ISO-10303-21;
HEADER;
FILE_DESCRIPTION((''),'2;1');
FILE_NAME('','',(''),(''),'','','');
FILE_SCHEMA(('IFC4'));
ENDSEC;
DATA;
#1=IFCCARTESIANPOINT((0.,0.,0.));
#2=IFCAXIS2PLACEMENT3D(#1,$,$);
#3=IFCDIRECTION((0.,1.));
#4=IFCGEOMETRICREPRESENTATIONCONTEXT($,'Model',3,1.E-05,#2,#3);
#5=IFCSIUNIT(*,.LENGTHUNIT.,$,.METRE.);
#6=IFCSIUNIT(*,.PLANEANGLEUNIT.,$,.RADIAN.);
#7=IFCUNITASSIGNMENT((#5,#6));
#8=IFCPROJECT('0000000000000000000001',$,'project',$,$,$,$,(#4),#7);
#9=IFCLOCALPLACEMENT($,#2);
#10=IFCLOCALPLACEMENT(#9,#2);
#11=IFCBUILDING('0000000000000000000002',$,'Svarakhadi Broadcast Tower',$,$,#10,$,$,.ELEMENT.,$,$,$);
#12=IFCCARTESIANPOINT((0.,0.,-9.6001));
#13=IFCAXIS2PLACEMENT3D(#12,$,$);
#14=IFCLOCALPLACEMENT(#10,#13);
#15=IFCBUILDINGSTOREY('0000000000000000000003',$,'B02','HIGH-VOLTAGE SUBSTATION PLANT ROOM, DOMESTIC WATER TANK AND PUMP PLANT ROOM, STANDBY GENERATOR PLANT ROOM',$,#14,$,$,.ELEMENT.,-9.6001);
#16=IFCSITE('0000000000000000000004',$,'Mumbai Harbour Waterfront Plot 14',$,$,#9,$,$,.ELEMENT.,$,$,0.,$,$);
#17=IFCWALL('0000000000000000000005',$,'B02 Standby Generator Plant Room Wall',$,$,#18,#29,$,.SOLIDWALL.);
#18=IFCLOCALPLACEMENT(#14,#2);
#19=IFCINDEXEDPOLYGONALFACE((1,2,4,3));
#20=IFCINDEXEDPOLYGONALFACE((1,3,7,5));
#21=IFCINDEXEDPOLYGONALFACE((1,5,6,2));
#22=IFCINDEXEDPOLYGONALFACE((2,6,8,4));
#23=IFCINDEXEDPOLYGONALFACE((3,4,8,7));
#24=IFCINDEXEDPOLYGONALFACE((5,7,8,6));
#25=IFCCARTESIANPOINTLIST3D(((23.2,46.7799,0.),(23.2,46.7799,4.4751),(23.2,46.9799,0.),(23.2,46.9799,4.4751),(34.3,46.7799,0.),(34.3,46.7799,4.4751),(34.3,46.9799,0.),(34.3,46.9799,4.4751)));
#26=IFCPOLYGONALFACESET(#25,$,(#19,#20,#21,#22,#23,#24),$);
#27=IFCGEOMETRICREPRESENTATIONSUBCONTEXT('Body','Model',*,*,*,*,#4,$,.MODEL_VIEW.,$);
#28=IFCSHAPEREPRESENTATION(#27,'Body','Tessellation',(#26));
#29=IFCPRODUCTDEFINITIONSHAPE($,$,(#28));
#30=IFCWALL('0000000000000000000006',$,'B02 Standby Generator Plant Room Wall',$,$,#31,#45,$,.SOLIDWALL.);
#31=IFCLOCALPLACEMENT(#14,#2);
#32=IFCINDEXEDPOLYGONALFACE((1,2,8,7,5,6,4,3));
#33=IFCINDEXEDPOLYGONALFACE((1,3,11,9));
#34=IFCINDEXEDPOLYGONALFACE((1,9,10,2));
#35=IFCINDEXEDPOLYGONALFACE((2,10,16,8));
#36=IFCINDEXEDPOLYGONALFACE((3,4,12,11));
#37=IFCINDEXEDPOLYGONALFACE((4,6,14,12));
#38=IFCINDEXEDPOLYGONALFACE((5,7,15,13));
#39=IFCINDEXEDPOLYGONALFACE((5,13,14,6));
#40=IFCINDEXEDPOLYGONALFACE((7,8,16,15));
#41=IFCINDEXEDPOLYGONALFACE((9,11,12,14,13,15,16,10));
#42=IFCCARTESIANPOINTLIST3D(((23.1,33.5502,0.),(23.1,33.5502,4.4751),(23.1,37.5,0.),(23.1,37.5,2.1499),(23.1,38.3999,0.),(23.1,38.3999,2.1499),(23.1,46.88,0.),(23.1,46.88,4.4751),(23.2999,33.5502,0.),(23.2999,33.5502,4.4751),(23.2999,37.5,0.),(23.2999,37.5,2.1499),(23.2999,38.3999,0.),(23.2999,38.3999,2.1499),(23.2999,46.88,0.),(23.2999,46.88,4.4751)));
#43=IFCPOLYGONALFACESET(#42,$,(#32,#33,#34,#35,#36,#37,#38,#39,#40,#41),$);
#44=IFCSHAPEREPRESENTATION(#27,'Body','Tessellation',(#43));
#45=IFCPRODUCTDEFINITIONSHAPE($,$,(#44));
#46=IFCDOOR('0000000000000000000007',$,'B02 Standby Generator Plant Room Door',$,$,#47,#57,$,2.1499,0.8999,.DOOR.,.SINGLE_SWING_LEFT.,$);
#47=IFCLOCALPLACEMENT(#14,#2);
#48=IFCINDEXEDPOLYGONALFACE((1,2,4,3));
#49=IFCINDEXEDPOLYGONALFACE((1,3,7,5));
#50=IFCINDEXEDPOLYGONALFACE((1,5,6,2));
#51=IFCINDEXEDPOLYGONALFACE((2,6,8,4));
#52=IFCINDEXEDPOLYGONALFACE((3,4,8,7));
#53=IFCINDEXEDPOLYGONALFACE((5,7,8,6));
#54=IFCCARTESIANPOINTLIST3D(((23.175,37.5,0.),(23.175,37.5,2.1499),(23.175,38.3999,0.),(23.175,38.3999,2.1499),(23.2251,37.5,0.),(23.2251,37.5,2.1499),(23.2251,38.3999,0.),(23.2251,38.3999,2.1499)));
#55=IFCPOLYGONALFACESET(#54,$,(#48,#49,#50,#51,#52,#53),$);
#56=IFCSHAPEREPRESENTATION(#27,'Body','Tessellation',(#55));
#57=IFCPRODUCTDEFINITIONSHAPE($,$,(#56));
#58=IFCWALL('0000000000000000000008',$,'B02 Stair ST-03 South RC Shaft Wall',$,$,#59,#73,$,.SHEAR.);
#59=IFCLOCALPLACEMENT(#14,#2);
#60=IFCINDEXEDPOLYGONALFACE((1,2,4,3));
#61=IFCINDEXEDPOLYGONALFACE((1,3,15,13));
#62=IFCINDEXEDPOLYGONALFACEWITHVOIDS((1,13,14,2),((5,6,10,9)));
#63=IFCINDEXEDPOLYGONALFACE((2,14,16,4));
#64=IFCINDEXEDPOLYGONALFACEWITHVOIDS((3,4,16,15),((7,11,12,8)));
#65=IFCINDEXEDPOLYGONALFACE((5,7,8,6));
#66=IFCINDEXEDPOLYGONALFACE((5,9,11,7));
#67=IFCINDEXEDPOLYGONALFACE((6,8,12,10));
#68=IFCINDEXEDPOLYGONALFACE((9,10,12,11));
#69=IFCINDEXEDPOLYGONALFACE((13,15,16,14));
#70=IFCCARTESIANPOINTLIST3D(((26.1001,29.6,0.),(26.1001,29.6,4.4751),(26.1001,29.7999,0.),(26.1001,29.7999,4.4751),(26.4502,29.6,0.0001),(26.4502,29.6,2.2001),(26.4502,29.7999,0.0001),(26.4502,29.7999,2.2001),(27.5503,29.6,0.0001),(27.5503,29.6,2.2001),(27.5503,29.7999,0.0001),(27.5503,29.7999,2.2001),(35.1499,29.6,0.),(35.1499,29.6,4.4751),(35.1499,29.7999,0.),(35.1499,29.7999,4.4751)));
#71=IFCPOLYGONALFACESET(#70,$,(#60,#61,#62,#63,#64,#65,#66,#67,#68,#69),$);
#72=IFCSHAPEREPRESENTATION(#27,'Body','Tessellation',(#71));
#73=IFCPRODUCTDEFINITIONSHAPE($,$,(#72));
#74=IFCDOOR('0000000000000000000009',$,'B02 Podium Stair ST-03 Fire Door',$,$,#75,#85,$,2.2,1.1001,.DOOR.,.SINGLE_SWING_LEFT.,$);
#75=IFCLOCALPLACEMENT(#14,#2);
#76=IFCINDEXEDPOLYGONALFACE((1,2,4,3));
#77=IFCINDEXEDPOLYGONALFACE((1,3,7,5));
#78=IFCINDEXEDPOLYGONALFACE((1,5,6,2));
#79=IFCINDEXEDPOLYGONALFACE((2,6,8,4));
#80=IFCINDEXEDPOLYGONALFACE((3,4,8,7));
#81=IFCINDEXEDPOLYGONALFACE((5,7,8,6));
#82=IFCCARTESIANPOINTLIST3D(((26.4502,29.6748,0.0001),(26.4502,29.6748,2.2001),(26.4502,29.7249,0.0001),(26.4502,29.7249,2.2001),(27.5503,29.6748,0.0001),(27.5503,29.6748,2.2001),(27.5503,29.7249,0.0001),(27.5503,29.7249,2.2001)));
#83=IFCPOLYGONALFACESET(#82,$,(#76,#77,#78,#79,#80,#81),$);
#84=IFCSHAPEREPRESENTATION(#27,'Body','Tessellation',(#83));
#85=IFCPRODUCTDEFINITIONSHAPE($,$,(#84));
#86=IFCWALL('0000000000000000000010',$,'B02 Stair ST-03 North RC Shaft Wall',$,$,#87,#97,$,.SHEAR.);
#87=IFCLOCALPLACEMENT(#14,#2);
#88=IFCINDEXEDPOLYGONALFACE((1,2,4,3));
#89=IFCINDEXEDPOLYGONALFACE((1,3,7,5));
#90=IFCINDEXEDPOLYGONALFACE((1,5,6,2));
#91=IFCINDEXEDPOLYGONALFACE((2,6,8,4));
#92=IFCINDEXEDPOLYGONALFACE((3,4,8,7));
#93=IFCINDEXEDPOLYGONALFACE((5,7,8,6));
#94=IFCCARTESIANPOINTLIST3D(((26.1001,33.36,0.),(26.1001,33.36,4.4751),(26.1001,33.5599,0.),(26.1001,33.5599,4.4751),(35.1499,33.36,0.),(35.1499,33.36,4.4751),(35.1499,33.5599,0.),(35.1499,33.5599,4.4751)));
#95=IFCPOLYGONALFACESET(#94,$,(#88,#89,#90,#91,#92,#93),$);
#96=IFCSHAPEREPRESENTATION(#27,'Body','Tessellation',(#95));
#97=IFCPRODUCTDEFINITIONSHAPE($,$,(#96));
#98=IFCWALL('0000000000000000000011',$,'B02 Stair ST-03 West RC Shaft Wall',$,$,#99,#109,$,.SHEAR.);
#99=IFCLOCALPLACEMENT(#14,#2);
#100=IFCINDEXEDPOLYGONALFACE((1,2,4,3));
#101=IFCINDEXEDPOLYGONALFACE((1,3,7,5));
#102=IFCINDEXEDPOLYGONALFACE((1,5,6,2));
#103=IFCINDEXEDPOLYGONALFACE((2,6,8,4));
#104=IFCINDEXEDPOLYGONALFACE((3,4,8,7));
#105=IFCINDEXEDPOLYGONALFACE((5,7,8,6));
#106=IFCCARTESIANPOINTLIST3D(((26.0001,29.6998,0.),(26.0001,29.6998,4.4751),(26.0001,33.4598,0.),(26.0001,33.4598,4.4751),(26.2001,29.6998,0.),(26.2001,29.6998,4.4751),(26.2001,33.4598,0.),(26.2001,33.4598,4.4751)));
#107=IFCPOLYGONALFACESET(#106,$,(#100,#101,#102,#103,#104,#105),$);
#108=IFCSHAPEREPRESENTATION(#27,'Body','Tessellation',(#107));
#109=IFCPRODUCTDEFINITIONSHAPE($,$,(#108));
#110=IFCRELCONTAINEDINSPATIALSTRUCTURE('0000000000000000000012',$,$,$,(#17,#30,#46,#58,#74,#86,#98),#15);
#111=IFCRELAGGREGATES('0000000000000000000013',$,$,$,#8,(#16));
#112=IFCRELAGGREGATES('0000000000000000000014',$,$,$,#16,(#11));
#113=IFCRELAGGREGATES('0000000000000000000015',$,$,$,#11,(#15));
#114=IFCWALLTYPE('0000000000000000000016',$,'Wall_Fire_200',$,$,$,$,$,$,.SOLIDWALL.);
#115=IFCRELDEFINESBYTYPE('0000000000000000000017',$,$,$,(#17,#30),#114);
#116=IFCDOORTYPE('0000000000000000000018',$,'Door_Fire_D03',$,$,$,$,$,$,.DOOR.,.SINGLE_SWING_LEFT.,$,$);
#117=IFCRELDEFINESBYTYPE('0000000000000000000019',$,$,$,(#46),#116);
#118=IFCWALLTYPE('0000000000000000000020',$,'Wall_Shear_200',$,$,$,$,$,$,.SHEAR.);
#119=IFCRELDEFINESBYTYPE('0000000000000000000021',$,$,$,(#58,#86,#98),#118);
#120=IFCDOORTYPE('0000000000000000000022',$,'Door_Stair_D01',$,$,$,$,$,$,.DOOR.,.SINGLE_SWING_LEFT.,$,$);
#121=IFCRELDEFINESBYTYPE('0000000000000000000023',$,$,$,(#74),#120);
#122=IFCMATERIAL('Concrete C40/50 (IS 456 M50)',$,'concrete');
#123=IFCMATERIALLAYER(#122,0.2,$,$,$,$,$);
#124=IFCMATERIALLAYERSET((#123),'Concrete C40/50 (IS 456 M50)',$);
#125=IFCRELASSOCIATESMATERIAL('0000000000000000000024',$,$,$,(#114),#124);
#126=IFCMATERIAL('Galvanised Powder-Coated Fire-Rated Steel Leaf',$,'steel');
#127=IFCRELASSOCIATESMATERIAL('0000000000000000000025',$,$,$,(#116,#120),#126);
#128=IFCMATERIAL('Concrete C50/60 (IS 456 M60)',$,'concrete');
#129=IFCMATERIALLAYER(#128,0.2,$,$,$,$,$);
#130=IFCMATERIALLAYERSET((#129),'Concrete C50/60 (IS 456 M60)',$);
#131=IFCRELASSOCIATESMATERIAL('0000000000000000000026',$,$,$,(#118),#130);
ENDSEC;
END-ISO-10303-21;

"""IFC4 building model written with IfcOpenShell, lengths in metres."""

from ifc_helpers import new_model, si_unit, direction, frame, frame_2d, origin, place, context, subcontext, project, spatial, rectangle, extrude, material, layer, layer_set, type_object, element, fill, save


model = new_model("IFC4")

# Units and contexts
model_context = context("Model", 3, precision=1e-05, world=origin(), true_north=direction((0.0, 1.0)))
body_context = subcontext(model_context, "Body", "Model", "MODEL_VIEW")
ifc_project = project(units=[si_unit("LENGTHUNIT", "METRE"), si_unit("PLANEANGLEUNIT", "RADIAN")], contexts=[model_context])

# Site, building, storey
site_placement = place(None, origin())
site = spatial("IfcSite", under=ifc_project, at=site_placement, Name="Mumbai Harbour Waterfront Plot 14", CompositionType="ELEMENT", RefElevation=0.0)
building_placement = place(site_placement, origin())
building = spatial("IfcBuilding", under=site, at=building_placement, Name="Svarakhadi Broadcast Tower", CompositionType="ELEMENT")
storey_placement = place(building_placement, frame((0.0, 0.0, -9.6001)))
storey = spatial("IfcBuildingStorey", under=building, at=storey_placement, Name="B02", Description="HIGH-VOLTAGE SUBSTATION PLANT ROOM, DOMESTIC WATER TANK AND PUMP PLANT ROOM, STANDBY GENERATOR PLANT ROOM", CompositionType="ELEMENT", Elevation=-9.6001)

# Shared definitions
ifc_material_1 = material(Name="Concrete C50/60 (IS 456 M60)", Category="concrete")

# Wall
ifc_material_2 = material(Name="Concrete C40/50 (IS 456 M50)", Category="concrete")
ifc_layer_1 = layer(ifc_material_2, 0.2)
ifc_layer_set_1 = layer_set([ifc_layer_1], Name="Concrete C40/50 (IS 456 M50)")
wall_type_1 = type_object("IfcWallType", Name="Wall_Fire_200", PredefinedType="SOLIDWALL", material=ifc_layer_set_1)
wall_1_placement = place(storey_placement, frame((23.2, 46.8799, 0.0), z_axis=(0.0, 0.0, 1.0), x_axis=(1.0, 0.0, 0.0)))
element("IfcWall", 1, at=wall_1_placement, inside=storey, type_object=wall_type_1, Name="B02 Standby Generator Plant Room Wall", PredefinedType="SOLIDWALL", context=body_context, shape_type="SweptSolid", body=[
    extrude(rectangle(XDim=11.1001, YDim=0.2, at=frame_2d((5.55, 0.0))), origin(), (0.0, 0.0, 1.0), 4.4751),
])

# Walls, openings, doors
wall_2_placement = place(storey_placement, frame((23.2, 33.55, 0.0), z_axis=(0.0, 0.0, 1.0), x_axis=(0.0, 1.0, 0.0)))
wall_2 = element("IfcWall", 2, at=wall_2_placement, inside=storey, type_object=wall_type_1, Name="B02 Standby Generator Plant Room Wall", PredefinedType="SOLIDWALL", context=body_context, shape_type="SweptSolid", body=[
    extrude(rectangle(XDim=13.3298, YDim=0.2, at=frame_2d((6.665, 0.0))), origin(), (0.0, 0.0, 1.0), 4.4751),
])
opening_1_placement = place(wall_2_placement, frame((3.95, 0.0, 0.0)))
opening_1 = element("IfcOpeningElement", 3, at=opening_1_placement, cuts=wall_2, PredefinedType="OPENING", context=body_context, shape_type="SweptSolid", body=[
    extrude(rectangle(XDim=0.8999, YDim=2.1499, at=frame_2d((0.45, 1.075))), frame((0.0, 0.1099, 0.0), z_axis=(0.0, -1.0, 0.0), x_axis=(1.0, 0.0, 0.0)), (0.0, 0.0, 1.0), 0.22),
])
ifc_material_3 = material(Name="Galvanised Powder-Coated Fire-Rated Steel Leaf", Category="steel")
door_type_1 = type_object("IfcDoorType", Name="Door_Fire_D03", OperationType="SINGLE_SWING_LEFT", PredefinedType="DOOR", material=ifc_material_3)
door_1_placement = place(opening_1_placement, origin())
door_1 = element("IfcDoor", 4, at=door_1_placement, inside=storey, type_object=door_type_1, Name="B02 Standby Generator Plant Room Door", OperationType="SINGLE_SWING_LEFT", OverallHeight=2.1499, OverallWidth=0.8999, PredefinedType="DOOR", context=body_context, shape_type="SweptSolid", body=[
    extrude(rectangle(XDim=0.8999, YDim=2.1499, at=frame_2d((0.45, 1.075))), frame((0.0, 0.0249, 0.0), z_axis=(0.0, -1.0, 0.0), x_axis=(1.0, 0.0, 0.0)), (0.0, 0.0, 1.0), 0.05),
])
fill(opening_1, door_1)
ifc_layer_2 = layer(ifc_material_1, 0.2)
ifc_layer_set_2 = layer_set([ifc_layer_2], Name="Concrete C50/60 (IS 456 M60)")
wall_type_2 = type_object("IfcWallType", Name="Wall_Shear_200", PredefinedType="SHEAR", material=ifc_layer_set_2)
wall_3_placement = place(storey_placement, frame((26.1001, 29.7, 0.0), z_axis=(0.0, 0.0, 1.0), x_axis=(1.0, 0.0, 0.0)))
wall_3 = element("IfcWall", 5, at=wall_3_placement, inside=storey, type_object=wall_type_2, Name="B02 Stair ST-03 South RC Shaft Wall", PredefinedType="SHEAR", context=body_context, shape_type="SweptSolid", body=[
    extrude(rectangle(XDim=9.0498, YDim=0.2, at=frame_2d((4.5249, 0.0))), origin(), (0.0, 0.0, 1.0), 4.4751),
])
opening_2_placement = place(wall_3_placement, frame((0.3501, 0.0, 0.0)))
opening_2 = element("IfcOpeningElement", 6, at=opening_2_placement, cuts=wall_3, PredefinedType="OPENING", context=body_context, shape_type="SweptSolid", body=[
    extrude(rectangle(XDim=1.1001, YDim=2.2, at=frame_2d((0.55, 1.1001))), frame((0.0, 0.1099, 0.0), z_axis=(0.0, -1.0, 0.0), x_axis=(1.0, 0.0, 0.0)), (0.0, 0.0, 1.0), 0.22),
])
door_type_2 = type_object("IfcDoorType", Name="Door_Stair_D01", OperationType="SINGLE_SWING_LEFT", PredefinedType="DOOR", material=ifc_material_3)
door_2_placement = place(opening_2_placement, origin())
door_2 = element("IfcDoor", 7, at=door_2_placement, inside=storey, type_object=door_type_2, Name="B02 Podium Stair ST-03 Fire Door", OperationType="SINGLE_SWING_LEFT", OverallHeight=2.2, OverallWidth=1.1001, PredefinedType="DOOR", context=body_context, shape_type="SweptSolid", body=[
    extrude(rectangle(XDim=1.1001, YDim=2.2, at=frame_2d((0.55, 1.1001))), frame((0.0, 0.0249, 0.0), z_axis=(0.0, -1.0, 0.0), x_axis=(1.0, 0.0, 0.0)), (0.0, 0.0, 1.0), 0.05),
])
fill(opening_2, door_2)

# Walls
wall_4_placement = place(storey_placement, frame((26.1001, 33.46, 0.0), z_axis=(0.0, 0.0, 1.0), x_axis=(1.0, 0.0, 0.0)))
element("IfcWall", 8, at=wall_4_placement, inside=storey, type_object=wall_type_2, Name="B02 Stair ST-03 North RC Shaft Wall", PredefinedType="SHEAR", context=body_context, shape_type="SweptSolid", body=[
    extrude(rectangle(XDim=9.0498, YDim=0.2, at=frame_2d((4.5249, 0.0))), origin(), (0.0, 0.0, 1.0), 4.4751),
])
wall_5_placement = place(storey_placement, frame((26.1001, 29.7, 0.0), z_axis=(0.0, 0.0, 1.0), x_axis=(0.0, 1.0, 0.0)))
element("IfcWall", 9, at=wall_5_placement, inside=storey, type_object=wall_type_2, Name="B02 Stair ST-03 West RC Shaft Wall", PredefinedType="SHEAR", context=body_context, shape_type="SweptSolid", body=[
    extrude(rectangle(XDim=3.76, YDim=0.2, at=frame_2d((1.8799, 0.0))), origin(), (0.0, 0.0, 1.0), 4.4751),
])

save(model, "model.ifc")
